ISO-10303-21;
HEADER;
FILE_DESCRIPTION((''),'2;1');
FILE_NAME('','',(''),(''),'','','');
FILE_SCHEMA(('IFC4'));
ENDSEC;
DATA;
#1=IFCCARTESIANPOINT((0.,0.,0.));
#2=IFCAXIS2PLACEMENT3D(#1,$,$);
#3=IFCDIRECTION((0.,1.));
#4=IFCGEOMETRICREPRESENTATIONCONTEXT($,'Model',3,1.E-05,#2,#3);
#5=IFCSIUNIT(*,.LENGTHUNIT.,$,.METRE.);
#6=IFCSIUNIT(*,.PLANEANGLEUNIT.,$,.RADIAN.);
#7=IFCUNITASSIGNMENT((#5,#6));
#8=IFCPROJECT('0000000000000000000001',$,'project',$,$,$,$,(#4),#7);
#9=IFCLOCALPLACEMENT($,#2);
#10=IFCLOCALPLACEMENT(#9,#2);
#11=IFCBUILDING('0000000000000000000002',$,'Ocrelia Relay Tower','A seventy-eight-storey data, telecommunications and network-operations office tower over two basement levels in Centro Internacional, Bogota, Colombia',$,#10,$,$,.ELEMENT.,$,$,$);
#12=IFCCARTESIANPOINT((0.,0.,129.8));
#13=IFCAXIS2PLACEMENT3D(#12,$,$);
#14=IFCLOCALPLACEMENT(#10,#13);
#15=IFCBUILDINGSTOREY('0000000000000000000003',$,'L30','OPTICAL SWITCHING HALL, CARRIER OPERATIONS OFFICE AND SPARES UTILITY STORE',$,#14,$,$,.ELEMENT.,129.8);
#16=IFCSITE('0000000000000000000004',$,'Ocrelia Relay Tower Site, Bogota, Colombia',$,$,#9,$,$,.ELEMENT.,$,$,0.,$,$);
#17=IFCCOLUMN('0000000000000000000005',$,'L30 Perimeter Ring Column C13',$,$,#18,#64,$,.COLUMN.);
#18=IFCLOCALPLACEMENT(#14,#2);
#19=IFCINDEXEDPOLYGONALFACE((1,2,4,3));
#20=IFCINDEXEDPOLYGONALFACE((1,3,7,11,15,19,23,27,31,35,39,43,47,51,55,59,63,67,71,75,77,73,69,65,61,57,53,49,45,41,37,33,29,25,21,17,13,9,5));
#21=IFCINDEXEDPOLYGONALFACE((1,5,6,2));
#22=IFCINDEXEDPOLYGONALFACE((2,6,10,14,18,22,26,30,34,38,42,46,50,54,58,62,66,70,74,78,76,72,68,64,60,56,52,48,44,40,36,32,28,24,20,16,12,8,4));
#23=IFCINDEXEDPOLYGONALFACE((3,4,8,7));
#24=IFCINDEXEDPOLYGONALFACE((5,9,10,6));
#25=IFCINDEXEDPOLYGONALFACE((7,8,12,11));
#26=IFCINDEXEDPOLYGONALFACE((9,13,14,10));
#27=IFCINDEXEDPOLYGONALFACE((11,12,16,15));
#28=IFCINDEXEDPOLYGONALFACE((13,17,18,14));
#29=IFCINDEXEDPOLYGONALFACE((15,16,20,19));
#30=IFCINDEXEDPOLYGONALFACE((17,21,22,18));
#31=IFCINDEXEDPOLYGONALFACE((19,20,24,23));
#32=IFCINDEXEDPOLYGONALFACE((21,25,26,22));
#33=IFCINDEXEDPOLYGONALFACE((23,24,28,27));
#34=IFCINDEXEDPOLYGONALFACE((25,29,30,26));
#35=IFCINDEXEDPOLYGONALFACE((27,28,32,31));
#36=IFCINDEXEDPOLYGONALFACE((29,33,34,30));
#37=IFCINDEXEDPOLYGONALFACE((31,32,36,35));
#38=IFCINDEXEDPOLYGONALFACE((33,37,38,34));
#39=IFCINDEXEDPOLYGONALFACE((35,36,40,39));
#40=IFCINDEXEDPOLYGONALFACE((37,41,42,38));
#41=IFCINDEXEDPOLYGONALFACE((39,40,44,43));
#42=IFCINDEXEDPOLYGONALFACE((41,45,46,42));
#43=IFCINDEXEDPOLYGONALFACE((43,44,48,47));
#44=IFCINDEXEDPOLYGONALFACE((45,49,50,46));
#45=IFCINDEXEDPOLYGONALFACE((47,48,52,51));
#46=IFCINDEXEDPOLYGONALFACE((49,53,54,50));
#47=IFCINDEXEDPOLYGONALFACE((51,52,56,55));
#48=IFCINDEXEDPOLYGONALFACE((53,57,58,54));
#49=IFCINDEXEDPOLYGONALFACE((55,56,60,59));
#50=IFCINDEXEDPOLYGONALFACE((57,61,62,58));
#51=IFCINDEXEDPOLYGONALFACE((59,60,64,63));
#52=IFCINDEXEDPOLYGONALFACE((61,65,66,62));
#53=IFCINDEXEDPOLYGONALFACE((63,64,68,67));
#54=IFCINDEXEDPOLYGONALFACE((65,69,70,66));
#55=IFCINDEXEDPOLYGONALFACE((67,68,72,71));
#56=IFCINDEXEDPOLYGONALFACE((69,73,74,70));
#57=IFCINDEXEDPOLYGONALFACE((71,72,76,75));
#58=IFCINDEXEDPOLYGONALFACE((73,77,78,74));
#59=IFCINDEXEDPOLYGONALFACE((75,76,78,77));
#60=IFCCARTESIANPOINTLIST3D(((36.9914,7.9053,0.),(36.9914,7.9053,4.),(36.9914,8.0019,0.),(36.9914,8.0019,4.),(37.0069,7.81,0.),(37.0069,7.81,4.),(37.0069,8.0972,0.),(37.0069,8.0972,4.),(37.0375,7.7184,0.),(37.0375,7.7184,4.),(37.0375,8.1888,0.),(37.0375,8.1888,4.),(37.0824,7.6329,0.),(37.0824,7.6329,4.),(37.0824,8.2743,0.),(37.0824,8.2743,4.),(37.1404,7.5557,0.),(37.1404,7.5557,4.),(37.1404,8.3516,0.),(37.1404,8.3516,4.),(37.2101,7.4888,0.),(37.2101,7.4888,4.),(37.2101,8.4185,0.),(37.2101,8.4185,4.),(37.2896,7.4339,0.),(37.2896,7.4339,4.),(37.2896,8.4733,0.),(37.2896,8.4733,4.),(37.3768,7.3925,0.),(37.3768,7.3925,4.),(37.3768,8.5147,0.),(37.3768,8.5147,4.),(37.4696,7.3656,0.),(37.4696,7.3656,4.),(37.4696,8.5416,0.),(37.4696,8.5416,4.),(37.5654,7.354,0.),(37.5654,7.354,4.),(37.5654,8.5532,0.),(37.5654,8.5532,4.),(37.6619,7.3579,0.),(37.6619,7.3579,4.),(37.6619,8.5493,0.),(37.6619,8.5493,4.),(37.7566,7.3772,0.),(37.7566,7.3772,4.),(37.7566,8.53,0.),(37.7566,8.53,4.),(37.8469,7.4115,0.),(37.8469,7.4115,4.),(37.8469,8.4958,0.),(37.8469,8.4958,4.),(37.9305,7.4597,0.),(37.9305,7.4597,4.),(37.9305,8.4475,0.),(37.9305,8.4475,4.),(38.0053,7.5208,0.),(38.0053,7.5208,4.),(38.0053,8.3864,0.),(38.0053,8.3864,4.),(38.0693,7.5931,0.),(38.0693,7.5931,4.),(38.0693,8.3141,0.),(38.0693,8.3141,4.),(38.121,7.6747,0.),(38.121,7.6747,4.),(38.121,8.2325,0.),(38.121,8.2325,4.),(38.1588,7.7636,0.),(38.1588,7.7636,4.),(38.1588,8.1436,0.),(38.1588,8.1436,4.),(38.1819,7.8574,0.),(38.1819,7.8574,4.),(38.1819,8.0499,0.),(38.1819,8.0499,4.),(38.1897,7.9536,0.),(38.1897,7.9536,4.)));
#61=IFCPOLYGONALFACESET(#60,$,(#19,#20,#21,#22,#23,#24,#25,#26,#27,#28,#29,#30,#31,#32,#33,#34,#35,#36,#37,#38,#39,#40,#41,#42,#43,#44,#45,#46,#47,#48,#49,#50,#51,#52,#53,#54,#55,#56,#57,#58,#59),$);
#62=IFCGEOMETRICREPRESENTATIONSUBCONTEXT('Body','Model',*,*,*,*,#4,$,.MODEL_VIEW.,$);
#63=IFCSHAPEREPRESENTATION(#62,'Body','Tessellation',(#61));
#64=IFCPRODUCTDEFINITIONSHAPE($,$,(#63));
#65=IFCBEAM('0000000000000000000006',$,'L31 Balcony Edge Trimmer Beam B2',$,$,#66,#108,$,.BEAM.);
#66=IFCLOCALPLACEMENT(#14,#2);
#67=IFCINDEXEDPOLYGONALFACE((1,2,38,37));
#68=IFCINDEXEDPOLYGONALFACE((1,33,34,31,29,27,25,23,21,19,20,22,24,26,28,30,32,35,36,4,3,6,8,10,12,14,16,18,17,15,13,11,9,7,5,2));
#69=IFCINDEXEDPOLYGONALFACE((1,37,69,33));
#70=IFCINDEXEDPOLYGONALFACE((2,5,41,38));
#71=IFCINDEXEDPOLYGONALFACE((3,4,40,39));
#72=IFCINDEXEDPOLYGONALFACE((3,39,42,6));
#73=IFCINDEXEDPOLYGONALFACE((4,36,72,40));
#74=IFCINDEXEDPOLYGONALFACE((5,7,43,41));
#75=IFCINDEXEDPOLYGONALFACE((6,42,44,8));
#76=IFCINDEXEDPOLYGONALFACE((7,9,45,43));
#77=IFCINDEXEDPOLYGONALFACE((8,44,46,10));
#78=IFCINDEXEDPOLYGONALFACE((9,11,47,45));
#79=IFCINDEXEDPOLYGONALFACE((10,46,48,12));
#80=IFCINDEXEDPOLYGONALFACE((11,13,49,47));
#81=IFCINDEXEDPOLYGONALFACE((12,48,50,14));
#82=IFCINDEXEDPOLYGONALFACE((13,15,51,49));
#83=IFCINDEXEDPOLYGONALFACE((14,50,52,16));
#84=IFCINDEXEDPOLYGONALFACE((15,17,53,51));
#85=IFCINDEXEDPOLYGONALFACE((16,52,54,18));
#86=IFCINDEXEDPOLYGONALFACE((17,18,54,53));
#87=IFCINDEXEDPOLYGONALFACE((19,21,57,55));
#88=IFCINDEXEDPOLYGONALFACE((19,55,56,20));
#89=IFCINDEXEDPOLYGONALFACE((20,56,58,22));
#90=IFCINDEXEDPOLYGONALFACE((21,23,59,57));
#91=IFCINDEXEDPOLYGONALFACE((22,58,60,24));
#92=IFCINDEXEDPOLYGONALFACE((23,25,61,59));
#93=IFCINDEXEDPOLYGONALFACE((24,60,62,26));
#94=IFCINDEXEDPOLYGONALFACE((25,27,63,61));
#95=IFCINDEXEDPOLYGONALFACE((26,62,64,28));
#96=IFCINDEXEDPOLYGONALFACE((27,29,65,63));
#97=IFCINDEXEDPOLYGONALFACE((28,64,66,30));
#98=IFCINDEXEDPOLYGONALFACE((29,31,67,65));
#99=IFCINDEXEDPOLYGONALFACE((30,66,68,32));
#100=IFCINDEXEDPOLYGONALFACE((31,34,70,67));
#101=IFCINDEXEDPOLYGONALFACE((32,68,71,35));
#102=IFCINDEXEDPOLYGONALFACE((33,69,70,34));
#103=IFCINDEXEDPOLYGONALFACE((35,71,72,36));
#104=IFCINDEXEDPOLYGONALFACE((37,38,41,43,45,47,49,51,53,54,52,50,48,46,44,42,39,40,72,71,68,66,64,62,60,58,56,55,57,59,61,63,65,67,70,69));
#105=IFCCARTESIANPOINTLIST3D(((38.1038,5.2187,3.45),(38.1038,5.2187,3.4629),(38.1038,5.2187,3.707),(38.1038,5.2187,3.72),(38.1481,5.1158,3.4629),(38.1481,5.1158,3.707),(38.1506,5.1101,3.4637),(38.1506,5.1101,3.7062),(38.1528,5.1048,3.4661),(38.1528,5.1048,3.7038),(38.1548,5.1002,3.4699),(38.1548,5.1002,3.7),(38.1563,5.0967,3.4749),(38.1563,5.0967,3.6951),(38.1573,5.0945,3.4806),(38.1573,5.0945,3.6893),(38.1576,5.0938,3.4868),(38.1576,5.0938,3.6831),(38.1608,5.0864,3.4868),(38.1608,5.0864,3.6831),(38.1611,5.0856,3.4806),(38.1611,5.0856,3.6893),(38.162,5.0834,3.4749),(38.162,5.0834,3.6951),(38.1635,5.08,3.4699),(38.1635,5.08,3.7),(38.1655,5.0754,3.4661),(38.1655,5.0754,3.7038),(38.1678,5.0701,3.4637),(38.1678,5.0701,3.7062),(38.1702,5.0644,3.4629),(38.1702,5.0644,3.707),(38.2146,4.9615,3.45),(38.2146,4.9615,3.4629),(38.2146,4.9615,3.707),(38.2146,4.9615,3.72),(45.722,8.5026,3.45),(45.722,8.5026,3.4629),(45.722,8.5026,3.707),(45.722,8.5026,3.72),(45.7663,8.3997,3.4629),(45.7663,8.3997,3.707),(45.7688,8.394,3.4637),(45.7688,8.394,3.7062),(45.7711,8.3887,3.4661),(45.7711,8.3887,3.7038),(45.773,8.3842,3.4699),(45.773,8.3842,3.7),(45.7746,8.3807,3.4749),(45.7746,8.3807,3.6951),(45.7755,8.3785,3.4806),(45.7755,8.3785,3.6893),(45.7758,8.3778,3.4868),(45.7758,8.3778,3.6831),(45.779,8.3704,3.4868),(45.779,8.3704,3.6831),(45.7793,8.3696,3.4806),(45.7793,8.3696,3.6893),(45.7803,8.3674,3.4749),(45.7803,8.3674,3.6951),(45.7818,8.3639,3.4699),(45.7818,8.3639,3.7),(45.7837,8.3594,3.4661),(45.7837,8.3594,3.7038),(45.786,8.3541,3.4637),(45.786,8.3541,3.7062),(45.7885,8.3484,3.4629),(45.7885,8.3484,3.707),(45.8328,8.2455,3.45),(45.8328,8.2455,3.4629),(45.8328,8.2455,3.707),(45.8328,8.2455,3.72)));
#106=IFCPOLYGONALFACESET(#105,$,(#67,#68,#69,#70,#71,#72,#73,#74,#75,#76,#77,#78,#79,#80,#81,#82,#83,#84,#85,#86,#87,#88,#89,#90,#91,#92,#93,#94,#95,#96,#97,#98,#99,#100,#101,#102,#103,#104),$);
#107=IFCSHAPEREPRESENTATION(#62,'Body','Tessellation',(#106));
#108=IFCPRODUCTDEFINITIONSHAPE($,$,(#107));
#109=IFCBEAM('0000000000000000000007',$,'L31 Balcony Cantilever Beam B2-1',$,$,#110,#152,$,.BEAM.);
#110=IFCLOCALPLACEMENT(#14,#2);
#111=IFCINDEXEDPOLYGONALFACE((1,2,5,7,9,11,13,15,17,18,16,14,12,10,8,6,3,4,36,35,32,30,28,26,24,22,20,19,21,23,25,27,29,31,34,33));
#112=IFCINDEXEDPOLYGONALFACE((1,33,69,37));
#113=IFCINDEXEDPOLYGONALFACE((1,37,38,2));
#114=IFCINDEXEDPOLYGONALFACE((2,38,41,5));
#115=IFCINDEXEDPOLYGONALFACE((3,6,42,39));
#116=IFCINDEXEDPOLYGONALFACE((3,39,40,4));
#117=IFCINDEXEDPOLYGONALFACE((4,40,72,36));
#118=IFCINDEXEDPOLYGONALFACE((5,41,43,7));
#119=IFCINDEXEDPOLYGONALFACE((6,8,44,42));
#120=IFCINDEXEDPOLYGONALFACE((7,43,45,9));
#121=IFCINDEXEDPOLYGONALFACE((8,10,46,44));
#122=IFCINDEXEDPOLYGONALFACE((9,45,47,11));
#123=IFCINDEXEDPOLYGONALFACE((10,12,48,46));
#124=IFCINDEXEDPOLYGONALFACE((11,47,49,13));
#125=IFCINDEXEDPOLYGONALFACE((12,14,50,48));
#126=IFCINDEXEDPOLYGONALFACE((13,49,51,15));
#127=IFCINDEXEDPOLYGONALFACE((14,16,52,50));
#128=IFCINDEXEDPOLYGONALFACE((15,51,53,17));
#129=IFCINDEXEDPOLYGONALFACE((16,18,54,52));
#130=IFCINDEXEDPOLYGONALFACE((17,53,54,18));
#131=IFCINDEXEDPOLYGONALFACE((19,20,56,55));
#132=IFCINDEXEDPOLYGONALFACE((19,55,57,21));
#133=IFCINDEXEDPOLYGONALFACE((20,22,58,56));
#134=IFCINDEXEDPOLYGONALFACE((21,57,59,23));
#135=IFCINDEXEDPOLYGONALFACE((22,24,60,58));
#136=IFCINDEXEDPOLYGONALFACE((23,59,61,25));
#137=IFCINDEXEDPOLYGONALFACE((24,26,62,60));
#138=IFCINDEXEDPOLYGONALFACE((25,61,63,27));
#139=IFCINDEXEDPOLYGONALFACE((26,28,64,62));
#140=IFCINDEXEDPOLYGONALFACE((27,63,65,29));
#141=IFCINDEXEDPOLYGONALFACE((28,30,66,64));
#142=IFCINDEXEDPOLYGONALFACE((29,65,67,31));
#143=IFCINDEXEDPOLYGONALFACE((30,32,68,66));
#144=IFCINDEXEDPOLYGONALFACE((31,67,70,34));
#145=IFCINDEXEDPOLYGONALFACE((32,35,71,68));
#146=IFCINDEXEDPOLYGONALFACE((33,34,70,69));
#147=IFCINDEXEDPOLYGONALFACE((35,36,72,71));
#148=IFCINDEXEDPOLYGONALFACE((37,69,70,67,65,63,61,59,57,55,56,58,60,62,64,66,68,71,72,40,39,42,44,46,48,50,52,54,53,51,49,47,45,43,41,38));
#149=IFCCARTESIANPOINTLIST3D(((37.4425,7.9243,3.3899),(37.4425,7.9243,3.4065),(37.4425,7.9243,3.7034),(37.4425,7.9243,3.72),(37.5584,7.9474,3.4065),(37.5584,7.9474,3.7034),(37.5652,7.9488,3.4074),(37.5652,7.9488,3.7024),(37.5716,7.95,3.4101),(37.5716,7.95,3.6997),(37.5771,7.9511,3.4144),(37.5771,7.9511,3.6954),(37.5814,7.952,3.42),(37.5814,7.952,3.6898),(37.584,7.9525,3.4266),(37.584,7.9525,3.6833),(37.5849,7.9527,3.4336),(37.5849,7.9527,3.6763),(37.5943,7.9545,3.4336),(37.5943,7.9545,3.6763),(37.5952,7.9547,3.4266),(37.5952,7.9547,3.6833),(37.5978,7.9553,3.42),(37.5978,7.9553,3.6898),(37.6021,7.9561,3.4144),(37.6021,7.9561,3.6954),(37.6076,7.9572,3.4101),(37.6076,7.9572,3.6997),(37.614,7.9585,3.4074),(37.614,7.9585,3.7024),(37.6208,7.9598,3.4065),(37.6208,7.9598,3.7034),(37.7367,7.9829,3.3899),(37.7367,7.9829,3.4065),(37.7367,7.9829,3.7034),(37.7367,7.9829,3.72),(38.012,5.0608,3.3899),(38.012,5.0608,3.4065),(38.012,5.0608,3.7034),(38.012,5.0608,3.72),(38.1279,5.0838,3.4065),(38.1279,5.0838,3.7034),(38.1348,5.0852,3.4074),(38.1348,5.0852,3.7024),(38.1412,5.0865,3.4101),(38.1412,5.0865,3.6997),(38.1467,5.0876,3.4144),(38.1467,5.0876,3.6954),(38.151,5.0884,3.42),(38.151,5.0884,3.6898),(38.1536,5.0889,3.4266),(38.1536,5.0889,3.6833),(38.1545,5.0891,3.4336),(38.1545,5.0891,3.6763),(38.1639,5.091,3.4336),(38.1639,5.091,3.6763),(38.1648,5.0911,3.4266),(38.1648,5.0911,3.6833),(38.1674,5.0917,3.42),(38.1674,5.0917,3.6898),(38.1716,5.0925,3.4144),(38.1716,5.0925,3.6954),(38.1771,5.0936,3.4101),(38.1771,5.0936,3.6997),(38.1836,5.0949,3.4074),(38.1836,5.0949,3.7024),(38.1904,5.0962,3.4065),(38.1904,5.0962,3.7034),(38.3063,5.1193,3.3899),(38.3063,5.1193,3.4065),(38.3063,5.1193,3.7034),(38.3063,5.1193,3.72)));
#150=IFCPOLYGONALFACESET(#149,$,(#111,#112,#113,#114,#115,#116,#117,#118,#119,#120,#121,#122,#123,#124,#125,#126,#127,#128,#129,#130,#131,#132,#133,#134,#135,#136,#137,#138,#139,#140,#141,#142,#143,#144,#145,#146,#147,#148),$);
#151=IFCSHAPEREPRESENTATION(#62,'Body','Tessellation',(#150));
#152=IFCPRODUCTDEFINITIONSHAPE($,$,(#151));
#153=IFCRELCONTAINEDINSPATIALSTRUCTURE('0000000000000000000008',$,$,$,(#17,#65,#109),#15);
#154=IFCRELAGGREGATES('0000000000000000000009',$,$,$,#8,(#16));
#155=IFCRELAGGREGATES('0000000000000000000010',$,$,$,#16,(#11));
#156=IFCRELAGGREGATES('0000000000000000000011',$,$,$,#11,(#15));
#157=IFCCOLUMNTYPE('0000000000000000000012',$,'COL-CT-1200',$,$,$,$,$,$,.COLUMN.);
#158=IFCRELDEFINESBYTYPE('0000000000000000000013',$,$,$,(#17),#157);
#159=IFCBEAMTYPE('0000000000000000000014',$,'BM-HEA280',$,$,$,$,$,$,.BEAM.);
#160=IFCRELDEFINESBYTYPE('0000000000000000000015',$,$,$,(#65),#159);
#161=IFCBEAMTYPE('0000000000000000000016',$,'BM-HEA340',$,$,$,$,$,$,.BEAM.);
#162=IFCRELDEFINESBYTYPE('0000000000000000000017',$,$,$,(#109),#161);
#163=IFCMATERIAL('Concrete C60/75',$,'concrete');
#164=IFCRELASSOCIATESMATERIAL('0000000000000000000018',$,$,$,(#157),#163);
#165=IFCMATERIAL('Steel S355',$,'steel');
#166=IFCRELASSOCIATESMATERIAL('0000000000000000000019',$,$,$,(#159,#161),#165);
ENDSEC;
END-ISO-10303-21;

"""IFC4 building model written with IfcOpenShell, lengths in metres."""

from ifc_helpers import new_model, si_unit, direction, frame, origin, origin_2d, place, context, subcontext, project, spatial, circle, i_section, extrude, material, material_profile, profile_set, type_object, element, save


model = new_model("IFC4")

# Units and contexts
model_context = context("Model", 3, precision=1e-05, world=origin(), true_north=direction((0.0, 1.0)))
body_context = subcontext(model_context, "Body", "Model", "MODEL_VIEW")
ifc_project = project(units=[si_unit("LENGTHUNIT", "METRE"), si_unit("PLANEANGLEUNIT", "RADIAN")], contexts=[model_context])

# Site, building, storey
site_placement = place(None, origin())
site = spatial("IfcSite", under=ifc_project, at=site_placement, Name="Ocrelia Relay Tower Site, Bogota, Colombia", CompositionType="ELEMENT", RefElevation=0.0)
building_placement = place(site_placement, origin())
building = spatial("IfcBuilding", under=site, at=building_placement, Name="Ocrelia Relay Tower", Description="A seventy-eight-storey data, telecommunications and network-operations office tower over two basement levels in Centro Internacional, Bogota, Colombia", CompositionType="ELEMENT")
storey_placement = place(building_placement, frame((0.0, 0.0, 129.8)))
storey = spatial("IfcBuildingStorey", under=building, at=storey_placement, Name="L30", Description="OPTICAL SWITCHING HALL, CARRIER OPERATIONS OFFICE AND SPARES UTILITY STORE", CompositionType="ELEMENT", Elevation=129.8)

# Column
ifc_material_1 = material(Name="Concrete C60/75", Category="concrete")
ifc_material_profile_1 = material_profile(ifc_material_1, circle(Radius=0.6001, at=origin_2d()), Name="RC-CIR-1200")
ifc_profile_set_1 = profile_set([ifc_material_profile_1], Name="Concrete C60/75")
column_type = type_object("IfcColumnType", Name="COL-CT-1200", PredefinedType="COLUMN", material=ifc_profile_set_1)
column_placement = place(storey_placement, frame((37.5896, 7.9536, 0.0), z_axis=(0.0, 0.0, 1.0), x_axis=(1.0, 0.0, 0.0)))
element("IfcColumn", 1, at=column_placement, inside=storey, type_object=column_type, Name="L30 Perimeter Ring Column C13", PredefinedType="COLUMN", context=body_context, shape_type="SweptSolid", body=[
    extrude(circle(Radius=0.6001, at=origin_2d()), origin(), (0.0, 0.0, 1.0), 4.0),
])

# Beams
ifc_material_2 = material(Name="Steel S355", Category="steel")
ifc_material_profile_2 = material_profile(ifc_material_2, i_section(OverallWidth=0.28, OverallDepth=0.27, WebThickness=0.0081, FlangeThickness=0.0129, FilletRadius=0.0239, at=origin_2d()), Name="HEA 280")
ifc_profile_set_2 = profile_set([ifc_material_profile_2], Name="Steel S355")
beam_type_1 = type_object("IfcBeamType", Name="BM-HEA280", PredefinedType="BEAM", material=ifc_profile_set_2)
beam_1_placement = place(storey_placement, frame((38.1592, 5.0901, 3.585), z_axis=(0.918313, 0.395854, 0.0), x_axis=(-0.395854, 0.918313, 0.0)))
element("IfcBeam", 2, at=beam_1_placement, inside=storey, type_object=beam_type_1, Name="L31 Balcony Edge Trimmer Beam B2", PredefinedType="BEAM", context=body_context, shape_type="SweptSolid", body=[
    extrude(i_section(OverallWidth=0.28, OverallDepth=0.27, WebThickness=0.0081, FlangeThickness=0.0129, FilletRadius=0.0239, at=origin_2d()), origin(), (0.0, 0.0, 1.0), 8.2959),
])
ifc_material_profile_3 = material_profile(ifc_material_2, i_section(OverallWidth=0.3, OverallDepth=0.3301, WebThickness=0.0095, FlangeThickness=0.0166, FilletRadius=0.0271, at=origin_2d()), Name="HEA 340")
ifc_profile_set_3 = profile_set([ifc_material_profile_3], Name="Steel S355")
beam_type_2 = type_object("IfcBeamType", Name="BM-HEA340", PredefinedType="BEAM", material=ifc_profile_set_3)
beam_2_placement = place(storey_placement, frame((37.5896, 7.9536, 3.5549), z_axis=(0.195087, -0.980786, 0.0), x_axis=(0.980786, 0.195087, 0.0)))
element("IfcBeam", 3, at=beam_2_placement, inside=storey, type_object=beam_type_2, Name="L31 Balcony Cantilever Beam B2-1", PredefinedType="BEAM", context=body_context, shape_type="SweptSolid", body=[
    extrude(i_section(OverallWidth=0.3, OverallDepth=0.3301, WebThickness=0.0095, FlangeThickness=0.0166, FilletRadius=0.0271, at=origin_2d()), origin(), (0.0, 0.0, 1.0), 2.9197),
])

save(model, "model.ifc")
